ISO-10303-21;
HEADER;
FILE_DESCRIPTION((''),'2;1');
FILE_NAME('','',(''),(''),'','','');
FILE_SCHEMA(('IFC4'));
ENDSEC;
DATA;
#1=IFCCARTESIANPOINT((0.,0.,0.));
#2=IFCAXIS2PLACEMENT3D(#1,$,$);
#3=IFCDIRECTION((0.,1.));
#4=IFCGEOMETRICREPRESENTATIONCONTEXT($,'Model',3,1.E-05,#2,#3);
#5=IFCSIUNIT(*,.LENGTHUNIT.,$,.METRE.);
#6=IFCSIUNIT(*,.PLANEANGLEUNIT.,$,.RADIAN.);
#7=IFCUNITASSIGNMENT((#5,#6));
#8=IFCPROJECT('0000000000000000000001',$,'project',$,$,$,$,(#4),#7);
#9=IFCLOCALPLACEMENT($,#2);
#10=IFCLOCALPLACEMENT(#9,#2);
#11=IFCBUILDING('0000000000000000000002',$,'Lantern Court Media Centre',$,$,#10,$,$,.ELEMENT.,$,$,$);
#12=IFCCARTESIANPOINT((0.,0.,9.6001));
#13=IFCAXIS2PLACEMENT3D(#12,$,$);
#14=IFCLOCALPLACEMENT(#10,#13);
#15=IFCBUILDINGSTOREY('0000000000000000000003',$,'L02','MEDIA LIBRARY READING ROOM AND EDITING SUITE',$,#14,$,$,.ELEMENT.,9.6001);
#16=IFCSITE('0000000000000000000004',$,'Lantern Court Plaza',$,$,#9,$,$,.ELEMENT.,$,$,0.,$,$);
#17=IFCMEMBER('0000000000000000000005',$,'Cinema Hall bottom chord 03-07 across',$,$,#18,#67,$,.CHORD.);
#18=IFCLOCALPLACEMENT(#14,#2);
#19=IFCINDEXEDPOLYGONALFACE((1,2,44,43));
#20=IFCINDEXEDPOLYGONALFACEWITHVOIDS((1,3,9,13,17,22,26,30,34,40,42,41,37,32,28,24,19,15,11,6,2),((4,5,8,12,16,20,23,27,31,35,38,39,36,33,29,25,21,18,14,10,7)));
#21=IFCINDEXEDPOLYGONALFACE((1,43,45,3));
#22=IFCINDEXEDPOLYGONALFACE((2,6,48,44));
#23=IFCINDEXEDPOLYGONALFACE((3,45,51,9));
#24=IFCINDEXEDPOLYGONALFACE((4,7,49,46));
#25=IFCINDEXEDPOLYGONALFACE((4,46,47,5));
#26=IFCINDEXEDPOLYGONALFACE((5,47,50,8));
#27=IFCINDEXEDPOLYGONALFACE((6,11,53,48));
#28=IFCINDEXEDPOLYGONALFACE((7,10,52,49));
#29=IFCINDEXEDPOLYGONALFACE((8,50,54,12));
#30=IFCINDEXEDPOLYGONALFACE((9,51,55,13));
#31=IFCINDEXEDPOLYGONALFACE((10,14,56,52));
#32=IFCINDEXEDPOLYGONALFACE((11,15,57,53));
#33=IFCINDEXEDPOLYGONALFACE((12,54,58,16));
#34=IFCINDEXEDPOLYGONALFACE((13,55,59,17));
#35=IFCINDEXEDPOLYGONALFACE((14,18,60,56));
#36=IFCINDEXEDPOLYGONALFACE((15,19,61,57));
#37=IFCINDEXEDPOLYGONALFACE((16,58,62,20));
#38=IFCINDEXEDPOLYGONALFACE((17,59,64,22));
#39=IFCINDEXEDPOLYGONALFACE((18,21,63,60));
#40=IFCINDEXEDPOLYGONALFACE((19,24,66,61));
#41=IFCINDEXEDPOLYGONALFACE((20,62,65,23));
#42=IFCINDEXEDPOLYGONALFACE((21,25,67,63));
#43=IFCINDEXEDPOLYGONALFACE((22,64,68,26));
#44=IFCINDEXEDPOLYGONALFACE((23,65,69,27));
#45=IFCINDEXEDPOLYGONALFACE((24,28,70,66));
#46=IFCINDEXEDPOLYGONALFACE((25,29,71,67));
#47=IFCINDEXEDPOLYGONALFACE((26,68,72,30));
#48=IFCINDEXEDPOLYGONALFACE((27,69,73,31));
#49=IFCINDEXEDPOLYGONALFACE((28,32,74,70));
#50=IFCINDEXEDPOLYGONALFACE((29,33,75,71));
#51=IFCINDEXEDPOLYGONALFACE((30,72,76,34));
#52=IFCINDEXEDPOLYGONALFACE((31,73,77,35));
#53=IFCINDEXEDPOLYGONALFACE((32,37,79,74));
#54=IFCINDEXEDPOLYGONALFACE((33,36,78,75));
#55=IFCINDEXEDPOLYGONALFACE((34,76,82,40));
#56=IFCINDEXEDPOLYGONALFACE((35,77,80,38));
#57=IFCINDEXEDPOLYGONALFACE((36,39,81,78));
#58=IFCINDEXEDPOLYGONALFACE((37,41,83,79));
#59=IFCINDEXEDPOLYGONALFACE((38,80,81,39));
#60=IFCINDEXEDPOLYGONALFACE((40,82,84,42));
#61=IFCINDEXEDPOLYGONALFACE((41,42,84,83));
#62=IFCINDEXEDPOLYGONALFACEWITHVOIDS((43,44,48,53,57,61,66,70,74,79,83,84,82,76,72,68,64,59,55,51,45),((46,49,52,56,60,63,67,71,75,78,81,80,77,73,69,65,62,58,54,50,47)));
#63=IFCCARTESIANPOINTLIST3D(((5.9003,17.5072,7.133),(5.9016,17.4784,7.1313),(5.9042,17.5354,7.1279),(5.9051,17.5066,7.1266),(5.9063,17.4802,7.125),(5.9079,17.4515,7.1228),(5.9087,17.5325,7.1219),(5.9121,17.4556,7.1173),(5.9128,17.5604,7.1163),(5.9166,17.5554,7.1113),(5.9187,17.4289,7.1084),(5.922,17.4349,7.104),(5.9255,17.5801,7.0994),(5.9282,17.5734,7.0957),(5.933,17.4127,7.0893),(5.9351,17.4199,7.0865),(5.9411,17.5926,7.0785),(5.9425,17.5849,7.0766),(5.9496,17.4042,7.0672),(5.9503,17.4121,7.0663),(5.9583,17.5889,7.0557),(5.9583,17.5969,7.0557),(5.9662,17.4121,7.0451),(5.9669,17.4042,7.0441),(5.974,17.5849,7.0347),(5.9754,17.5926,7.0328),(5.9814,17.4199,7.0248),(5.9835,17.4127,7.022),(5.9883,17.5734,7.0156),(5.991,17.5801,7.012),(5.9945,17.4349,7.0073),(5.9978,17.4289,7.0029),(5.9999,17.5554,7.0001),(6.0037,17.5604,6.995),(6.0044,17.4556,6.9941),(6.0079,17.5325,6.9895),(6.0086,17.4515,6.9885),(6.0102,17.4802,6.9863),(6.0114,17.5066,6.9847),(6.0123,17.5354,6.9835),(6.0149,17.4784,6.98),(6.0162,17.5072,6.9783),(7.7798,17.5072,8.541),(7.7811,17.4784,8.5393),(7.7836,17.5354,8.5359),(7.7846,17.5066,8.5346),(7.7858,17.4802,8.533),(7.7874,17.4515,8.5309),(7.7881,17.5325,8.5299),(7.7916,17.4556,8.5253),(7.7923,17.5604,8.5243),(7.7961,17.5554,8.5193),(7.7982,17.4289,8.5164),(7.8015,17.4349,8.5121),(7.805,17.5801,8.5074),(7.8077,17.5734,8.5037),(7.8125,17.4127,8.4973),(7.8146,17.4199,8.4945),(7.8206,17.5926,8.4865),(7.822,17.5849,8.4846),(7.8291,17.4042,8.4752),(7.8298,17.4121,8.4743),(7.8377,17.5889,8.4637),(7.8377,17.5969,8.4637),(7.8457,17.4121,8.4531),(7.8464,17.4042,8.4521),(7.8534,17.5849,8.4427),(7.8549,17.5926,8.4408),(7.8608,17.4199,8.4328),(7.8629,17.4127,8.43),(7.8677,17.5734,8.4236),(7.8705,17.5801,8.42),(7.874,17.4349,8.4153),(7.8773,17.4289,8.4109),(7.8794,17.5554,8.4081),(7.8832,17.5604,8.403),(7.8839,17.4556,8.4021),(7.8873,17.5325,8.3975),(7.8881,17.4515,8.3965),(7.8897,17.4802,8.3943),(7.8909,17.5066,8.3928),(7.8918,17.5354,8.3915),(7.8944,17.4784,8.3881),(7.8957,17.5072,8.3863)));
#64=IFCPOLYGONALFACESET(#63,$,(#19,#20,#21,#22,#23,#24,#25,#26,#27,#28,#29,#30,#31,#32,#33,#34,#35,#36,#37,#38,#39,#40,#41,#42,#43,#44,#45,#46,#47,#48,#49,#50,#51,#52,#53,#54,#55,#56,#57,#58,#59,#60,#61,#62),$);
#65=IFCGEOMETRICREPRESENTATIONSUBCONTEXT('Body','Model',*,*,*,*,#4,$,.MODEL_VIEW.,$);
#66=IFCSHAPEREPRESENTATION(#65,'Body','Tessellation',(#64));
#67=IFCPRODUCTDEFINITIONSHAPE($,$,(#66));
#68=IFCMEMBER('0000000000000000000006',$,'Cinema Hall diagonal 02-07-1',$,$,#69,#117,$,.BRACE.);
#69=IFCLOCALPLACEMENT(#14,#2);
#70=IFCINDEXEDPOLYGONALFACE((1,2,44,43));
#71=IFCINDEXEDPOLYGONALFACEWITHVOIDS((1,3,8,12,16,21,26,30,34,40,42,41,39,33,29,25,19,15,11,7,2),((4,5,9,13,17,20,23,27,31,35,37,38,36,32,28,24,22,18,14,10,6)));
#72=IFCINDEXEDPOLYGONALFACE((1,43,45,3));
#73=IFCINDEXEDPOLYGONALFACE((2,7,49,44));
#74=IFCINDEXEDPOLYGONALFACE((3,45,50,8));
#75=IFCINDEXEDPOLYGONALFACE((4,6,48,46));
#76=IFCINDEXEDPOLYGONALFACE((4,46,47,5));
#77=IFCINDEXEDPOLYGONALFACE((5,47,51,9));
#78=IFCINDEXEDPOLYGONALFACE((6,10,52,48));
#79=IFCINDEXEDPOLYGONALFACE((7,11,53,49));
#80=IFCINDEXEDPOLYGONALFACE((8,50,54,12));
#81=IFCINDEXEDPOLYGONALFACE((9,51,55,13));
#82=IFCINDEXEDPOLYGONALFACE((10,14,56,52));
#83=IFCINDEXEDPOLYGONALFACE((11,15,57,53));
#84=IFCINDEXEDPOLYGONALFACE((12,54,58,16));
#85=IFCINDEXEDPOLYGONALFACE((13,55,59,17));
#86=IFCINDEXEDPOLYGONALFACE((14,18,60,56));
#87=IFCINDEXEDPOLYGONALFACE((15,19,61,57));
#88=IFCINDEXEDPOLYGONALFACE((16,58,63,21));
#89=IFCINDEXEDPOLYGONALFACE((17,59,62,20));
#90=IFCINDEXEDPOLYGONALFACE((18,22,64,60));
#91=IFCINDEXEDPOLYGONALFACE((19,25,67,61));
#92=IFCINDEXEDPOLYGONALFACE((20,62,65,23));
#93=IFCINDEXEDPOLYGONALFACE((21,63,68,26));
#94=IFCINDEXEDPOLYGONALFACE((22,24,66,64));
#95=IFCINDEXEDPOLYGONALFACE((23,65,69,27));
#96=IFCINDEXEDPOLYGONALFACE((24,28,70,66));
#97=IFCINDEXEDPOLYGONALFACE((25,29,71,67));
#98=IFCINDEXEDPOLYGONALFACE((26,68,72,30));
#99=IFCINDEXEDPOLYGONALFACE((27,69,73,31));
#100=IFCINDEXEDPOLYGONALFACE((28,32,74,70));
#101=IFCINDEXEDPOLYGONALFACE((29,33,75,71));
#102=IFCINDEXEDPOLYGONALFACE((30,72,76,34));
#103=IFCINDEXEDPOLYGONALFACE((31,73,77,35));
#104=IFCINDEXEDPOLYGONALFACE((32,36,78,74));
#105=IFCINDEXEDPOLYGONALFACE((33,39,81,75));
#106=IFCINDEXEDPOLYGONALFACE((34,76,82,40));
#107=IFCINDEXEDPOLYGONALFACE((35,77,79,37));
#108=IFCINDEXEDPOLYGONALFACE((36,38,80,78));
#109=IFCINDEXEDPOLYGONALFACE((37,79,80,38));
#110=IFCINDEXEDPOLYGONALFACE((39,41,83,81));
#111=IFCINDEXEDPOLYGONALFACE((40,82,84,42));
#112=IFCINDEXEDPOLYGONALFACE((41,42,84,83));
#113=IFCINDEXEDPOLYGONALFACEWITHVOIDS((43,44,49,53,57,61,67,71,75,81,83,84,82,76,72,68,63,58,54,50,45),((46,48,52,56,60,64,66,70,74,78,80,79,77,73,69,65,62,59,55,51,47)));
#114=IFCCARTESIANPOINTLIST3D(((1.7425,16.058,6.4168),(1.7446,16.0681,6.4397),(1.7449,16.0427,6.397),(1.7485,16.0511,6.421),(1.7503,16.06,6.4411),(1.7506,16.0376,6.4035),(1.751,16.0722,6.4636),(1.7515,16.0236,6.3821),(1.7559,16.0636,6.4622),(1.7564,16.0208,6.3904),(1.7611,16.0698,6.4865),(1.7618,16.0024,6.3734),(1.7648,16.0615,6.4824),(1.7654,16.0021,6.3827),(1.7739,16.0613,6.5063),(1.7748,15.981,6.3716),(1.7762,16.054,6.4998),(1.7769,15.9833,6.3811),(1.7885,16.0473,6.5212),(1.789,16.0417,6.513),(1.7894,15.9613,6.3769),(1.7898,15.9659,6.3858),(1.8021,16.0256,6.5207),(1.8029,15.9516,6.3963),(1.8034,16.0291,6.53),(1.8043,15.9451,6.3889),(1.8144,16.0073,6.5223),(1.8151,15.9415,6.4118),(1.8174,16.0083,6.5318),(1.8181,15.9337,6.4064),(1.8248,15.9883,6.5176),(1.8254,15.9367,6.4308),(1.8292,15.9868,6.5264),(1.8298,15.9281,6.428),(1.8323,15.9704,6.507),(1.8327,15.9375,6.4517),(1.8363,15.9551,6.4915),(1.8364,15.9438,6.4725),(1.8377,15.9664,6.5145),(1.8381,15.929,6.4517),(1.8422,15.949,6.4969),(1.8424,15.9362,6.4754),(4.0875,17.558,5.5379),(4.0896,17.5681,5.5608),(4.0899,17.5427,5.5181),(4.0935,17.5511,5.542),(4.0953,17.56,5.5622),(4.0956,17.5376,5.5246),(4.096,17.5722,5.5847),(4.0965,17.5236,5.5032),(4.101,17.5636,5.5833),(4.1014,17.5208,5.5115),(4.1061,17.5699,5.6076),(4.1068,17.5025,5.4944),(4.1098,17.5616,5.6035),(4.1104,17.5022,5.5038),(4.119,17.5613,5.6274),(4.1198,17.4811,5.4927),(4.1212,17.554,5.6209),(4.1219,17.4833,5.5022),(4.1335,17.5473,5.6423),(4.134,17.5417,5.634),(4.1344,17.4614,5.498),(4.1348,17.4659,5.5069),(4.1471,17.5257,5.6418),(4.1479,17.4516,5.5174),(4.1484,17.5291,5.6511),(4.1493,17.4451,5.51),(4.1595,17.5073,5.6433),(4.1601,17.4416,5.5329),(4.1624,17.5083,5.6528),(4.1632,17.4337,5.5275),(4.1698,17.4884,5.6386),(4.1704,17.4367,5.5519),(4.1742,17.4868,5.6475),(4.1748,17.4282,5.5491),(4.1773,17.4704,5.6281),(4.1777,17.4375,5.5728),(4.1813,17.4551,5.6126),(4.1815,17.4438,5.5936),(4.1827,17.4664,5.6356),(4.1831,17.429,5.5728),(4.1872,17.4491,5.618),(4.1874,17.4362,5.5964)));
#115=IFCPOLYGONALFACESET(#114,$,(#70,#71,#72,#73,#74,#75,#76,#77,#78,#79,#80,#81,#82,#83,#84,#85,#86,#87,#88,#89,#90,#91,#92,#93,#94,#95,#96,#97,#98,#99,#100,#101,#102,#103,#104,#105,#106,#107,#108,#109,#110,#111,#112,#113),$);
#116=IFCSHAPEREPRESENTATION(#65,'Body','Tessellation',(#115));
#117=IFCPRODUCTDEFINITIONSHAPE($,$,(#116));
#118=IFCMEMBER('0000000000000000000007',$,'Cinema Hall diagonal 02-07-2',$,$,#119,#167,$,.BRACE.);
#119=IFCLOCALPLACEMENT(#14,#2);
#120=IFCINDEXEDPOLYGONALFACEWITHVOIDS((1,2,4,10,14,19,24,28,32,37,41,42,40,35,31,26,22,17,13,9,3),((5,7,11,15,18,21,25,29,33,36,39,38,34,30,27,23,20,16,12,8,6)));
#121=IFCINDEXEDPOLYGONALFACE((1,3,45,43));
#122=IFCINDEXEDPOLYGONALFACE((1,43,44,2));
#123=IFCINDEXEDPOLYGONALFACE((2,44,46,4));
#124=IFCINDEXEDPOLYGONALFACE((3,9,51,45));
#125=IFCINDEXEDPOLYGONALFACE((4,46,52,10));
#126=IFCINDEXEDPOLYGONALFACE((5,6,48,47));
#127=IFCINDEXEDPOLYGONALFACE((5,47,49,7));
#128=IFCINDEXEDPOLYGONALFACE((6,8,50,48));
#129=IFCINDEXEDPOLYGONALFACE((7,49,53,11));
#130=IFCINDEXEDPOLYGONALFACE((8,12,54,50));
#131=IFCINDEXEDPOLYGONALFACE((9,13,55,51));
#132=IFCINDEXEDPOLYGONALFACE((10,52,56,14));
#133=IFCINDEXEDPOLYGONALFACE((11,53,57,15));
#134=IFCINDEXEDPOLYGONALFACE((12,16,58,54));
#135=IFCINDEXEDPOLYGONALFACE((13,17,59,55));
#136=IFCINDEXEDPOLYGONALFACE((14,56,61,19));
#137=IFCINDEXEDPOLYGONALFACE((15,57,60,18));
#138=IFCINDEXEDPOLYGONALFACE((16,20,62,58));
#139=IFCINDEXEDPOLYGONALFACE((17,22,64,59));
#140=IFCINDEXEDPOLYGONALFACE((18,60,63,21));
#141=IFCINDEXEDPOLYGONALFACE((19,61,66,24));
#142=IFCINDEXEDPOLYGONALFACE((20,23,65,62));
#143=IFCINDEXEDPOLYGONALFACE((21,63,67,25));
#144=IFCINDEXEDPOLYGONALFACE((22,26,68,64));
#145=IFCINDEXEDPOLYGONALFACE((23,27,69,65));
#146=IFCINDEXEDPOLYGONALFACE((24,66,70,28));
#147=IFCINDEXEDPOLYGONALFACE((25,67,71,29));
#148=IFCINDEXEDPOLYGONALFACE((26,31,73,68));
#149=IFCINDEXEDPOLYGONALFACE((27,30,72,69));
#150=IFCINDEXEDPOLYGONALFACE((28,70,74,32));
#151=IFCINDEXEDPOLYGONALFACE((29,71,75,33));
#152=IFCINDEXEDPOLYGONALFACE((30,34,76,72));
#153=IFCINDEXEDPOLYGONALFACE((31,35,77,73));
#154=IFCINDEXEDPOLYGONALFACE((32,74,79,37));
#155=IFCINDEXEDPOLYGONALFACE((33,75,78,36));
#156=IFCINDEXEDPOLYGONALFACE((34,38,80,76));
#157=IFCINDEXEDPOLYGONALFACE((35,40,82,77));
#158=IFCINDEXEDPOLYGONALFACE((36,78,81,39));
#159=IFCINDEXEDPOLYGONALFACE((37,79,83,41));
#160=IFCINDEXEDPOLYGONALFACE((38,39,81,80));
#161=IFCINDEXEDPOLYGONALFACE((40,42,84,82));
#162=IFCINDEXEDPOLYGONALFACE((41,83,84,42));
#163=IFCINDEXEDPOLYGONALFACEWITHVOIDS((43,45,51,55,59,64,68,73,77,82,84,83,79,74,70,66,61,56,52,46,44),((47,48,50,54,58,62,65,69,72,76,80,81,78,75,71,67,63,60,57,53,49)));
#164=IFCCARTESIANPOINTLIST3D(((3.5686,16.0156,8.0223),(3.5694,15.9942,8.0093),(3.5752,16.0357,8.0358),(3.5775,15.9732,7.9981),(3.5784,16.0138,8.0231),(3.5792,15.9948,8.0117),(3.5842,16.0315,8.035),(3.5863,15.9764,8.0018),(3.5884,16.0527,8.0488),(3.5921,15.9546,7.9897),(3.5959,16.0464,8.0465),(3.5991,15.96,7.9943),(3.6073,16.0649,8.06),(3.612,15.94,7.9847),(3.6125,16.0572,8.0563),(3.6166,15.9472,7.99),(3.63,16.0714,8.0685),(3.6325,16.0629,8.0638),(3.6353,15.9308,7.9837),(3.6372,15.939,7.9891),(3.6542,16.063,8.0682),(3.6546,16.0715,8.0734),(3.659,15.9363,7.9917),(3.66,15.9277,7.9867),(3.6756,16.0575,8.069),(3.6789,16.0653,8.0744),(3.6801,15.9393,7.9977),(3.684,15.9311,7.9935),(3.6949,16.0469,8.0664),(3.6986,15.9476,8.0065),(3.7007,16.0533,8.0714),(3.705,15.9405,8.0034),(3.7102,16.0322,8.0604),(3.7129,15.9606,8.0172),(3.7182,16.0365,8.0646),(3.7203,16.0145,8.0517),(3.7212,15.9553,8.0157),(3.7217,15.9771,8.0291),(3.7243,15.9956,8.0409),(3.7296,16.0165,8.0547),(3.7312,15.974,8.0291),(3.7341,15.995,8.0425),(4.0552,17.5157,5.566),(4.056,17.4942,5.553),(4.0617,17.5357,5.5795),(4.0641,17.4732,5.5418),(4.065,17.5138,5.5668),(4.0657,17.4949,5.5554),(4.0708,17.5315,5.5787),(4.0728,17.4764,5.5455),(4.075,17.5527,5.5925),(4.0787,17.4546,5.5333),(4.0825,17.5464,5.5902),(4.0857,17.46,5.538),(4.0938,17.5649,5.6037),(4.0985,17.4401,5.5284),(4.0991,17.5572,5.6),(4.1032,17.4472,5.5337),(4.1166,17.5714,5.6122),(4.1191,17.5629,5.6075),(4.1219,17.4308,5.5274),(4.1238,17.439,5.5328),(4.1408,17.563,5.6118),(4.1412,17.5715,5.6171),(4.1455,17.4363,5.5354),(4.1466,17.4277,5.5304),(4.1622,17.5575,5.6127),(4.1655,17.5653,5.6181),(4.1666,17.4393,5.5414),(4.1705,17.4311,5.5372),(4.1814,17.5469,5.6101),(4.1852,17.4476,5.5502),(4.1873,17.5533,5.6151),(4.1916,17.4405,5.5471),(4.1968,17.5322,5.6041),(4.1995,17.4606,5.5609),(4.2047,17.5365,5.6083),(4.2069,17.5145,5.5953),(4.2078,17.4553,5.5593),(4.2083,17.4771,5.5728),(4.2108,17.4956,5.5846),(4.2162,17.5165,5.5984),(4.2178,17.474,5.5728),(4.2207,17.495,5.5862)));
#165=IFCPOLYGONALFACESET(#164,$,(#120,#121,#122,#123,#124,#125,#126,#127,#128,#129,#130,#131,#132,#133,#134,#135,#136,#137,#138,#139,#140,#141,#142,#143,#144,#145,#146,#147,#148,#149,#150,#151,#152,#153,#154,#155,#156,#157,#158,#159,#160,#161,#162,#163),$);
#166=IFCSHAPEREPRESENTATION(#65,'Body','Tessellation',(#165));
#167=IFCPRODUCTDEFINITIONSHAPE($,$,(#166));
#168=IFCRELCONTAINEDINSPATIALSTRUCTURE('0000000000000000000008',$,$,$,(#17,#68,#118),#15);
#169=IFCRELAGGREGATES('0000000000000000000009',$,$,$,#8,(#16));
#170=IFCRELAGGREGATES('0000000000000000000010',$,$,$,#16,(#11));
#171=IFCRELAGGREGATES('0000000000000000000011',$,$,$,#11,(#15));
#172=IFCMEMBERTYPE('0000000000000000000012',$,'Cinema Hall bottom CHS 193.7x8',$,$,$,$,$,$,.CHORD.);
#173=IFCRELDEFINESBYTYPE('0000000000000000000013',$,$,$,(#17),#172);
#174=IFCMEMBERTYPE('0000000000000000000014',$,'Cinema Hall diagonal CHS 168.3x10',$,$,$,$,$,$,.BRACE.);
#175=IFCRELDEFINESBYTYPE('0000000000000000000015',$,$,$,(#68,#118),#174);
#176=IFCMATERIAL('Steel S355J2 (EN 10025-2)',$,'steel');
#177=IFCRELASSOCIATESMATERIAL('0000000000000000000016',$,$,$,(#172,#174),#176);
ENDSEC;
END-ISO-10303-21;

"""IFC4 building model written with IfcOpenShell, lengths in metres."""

from ifc_helpers import new_model, si_unit, direction, frame, origin, origin_2d, place, context, subcontext, project, spatial, hollow_circle, extrude, material, material_profile, profile_set, type_object, element, save


model = new_model("IFC4")

# Units and contexts
model_context = context("Model", 3, precision=1e-05, world=origin(), true_north=direction((0.0, 1.0)))
body_context = subcontext(model_context, "Body", "Model", "MODEL_VIEW")
ifc_project = project(units=[si_unit("LENGTHUNIT", "METRE"), si_unit("PLANEANGLEUNIT", "RADIAN")], contexts=[model_context])

# Site, building, storey
site_placement = place(None, origin())
site = spatial("IfcSite", under=ifc_project, at=site_placement, Name="Lantern Court Plaza", CompositionType="ELEMENT", RefElevation=0.0)
building_placement = place(site_placement, origin())
building = spatial("IfcBuilding", under=site, at=building_placement, Name="Lantern Court Media Centre", CompositionType="ELEMENT")
storey_placement = place(building_placement, frame((0.0, 0.0, 9.6001)))
storey = spatial("IfcBuildingStorey", under=building, at=storey_placement, Name="L02", Description="MEDIA LIBRARY READING ROOM AND EDITING SUITE", CompositionType="ELEMENT", Elevation=9.6001)

# Members
ifc_material = material(Name="Steel S355J2 (EN 10025-2)", Category="steel")
ifc_material_profile_1 = material_profile(ifc_material, hollow_circle(Radius=0.0969, WallThickness=0.0081, at=origin_2d()), Name="Cinema Hall bottom CHS 193.7x8")
ifc_profile_set_1 = profile_set([ifc_material_profile_1], Name="Steel S355J2 (EN 10025-2)")
member_type_1 = type_object("IfcMemberType", Name="Cinema Hall bottom CHS 193.7x8", PredefinedType="CHORD", material=ifc_profile_set_1)
member_1_placement = place(storey_placement, frame((5.9583, 17.5, 7.0557), z_axis=(0.800324, 0.0, 0.599567), x_axis=(0.0, 1.0, 0.0)))
element("IfcMember", 1, at=member_1_placement, inside=storey, type_object=member_type_1, Name="Cinema Hall bottom chord 03-07 across", PredefinedType="CHORD", context=body_context, shape_type="SweptSolid", body=[
    extrude(hollow_circle(Radius=0.0969, WallThickness=0.0081, at=origin_2d()), origin(), (0.0, 0.0, 1.0), 2.3484),
])
ifc_material_profile_2 = material_profile(ifc_material, hollow_circle(Radius=0.0842, WallThickness=0.01, at=origin_2d()), Name="Cinema Hall diagonal CHS 168.3x10")
ifc_profile_set_2 = profile_set([ifc_material_profile_2], Name="Steel S355J2 (EN 10025-2)")
member_type_2 = type_object("IfcMemberType", Name="Cinema Hall diagonal CHS 168.3x10", PredefinedType="BRACE", material=ifc_profile_set_2)
member_2_placement = place(storey_placement, frame((4.1377, 17.5, 5.5728), z_axis=(-0.803309, -0.51385, 0.301084), x_axis=(0.538855, -0.842399, 0.0)))
element("IfcMember", 2, at=member_2_placement, inside=storey, type_object=member_type_2, Name="Cinema Hall diagonal 02-07-1", PredefinedType="BRACE", context=body_context, shape_type="SweptSolid", body=[
    extrude(hollow_circle(Radius=0.0842, WallThickness=0.01, at=origin_2d()), origin(), (0.0, 0.0, 1.0), 2.9192),
])
for number, where, z_axis, x_axis, name in (
    (3, (4.1377, 17.5, 5.5728), (-0.166695, -0.513887, 0.841506), (0.951207, -0.308554, 0.0), "Cinema Hall diagonal 02-07-2"),
):
    element("IfcMember", number, at=place(storey_placement, frame(where, z_axis=z_axis, x_axis=x_axis)), inside=storey, type_object=member_type_2, Name=name, PredefinedType="BRACE", context=body_context, shape_type="SweptSolid", body=[
        extrude(hollow_circle(Radius=0.0842, WallThickness=0.01, at=origin_2d()), origin(), (0.0, 0.0, 1.0), 2.9189),
    ])

save(model, "model.ifc")
